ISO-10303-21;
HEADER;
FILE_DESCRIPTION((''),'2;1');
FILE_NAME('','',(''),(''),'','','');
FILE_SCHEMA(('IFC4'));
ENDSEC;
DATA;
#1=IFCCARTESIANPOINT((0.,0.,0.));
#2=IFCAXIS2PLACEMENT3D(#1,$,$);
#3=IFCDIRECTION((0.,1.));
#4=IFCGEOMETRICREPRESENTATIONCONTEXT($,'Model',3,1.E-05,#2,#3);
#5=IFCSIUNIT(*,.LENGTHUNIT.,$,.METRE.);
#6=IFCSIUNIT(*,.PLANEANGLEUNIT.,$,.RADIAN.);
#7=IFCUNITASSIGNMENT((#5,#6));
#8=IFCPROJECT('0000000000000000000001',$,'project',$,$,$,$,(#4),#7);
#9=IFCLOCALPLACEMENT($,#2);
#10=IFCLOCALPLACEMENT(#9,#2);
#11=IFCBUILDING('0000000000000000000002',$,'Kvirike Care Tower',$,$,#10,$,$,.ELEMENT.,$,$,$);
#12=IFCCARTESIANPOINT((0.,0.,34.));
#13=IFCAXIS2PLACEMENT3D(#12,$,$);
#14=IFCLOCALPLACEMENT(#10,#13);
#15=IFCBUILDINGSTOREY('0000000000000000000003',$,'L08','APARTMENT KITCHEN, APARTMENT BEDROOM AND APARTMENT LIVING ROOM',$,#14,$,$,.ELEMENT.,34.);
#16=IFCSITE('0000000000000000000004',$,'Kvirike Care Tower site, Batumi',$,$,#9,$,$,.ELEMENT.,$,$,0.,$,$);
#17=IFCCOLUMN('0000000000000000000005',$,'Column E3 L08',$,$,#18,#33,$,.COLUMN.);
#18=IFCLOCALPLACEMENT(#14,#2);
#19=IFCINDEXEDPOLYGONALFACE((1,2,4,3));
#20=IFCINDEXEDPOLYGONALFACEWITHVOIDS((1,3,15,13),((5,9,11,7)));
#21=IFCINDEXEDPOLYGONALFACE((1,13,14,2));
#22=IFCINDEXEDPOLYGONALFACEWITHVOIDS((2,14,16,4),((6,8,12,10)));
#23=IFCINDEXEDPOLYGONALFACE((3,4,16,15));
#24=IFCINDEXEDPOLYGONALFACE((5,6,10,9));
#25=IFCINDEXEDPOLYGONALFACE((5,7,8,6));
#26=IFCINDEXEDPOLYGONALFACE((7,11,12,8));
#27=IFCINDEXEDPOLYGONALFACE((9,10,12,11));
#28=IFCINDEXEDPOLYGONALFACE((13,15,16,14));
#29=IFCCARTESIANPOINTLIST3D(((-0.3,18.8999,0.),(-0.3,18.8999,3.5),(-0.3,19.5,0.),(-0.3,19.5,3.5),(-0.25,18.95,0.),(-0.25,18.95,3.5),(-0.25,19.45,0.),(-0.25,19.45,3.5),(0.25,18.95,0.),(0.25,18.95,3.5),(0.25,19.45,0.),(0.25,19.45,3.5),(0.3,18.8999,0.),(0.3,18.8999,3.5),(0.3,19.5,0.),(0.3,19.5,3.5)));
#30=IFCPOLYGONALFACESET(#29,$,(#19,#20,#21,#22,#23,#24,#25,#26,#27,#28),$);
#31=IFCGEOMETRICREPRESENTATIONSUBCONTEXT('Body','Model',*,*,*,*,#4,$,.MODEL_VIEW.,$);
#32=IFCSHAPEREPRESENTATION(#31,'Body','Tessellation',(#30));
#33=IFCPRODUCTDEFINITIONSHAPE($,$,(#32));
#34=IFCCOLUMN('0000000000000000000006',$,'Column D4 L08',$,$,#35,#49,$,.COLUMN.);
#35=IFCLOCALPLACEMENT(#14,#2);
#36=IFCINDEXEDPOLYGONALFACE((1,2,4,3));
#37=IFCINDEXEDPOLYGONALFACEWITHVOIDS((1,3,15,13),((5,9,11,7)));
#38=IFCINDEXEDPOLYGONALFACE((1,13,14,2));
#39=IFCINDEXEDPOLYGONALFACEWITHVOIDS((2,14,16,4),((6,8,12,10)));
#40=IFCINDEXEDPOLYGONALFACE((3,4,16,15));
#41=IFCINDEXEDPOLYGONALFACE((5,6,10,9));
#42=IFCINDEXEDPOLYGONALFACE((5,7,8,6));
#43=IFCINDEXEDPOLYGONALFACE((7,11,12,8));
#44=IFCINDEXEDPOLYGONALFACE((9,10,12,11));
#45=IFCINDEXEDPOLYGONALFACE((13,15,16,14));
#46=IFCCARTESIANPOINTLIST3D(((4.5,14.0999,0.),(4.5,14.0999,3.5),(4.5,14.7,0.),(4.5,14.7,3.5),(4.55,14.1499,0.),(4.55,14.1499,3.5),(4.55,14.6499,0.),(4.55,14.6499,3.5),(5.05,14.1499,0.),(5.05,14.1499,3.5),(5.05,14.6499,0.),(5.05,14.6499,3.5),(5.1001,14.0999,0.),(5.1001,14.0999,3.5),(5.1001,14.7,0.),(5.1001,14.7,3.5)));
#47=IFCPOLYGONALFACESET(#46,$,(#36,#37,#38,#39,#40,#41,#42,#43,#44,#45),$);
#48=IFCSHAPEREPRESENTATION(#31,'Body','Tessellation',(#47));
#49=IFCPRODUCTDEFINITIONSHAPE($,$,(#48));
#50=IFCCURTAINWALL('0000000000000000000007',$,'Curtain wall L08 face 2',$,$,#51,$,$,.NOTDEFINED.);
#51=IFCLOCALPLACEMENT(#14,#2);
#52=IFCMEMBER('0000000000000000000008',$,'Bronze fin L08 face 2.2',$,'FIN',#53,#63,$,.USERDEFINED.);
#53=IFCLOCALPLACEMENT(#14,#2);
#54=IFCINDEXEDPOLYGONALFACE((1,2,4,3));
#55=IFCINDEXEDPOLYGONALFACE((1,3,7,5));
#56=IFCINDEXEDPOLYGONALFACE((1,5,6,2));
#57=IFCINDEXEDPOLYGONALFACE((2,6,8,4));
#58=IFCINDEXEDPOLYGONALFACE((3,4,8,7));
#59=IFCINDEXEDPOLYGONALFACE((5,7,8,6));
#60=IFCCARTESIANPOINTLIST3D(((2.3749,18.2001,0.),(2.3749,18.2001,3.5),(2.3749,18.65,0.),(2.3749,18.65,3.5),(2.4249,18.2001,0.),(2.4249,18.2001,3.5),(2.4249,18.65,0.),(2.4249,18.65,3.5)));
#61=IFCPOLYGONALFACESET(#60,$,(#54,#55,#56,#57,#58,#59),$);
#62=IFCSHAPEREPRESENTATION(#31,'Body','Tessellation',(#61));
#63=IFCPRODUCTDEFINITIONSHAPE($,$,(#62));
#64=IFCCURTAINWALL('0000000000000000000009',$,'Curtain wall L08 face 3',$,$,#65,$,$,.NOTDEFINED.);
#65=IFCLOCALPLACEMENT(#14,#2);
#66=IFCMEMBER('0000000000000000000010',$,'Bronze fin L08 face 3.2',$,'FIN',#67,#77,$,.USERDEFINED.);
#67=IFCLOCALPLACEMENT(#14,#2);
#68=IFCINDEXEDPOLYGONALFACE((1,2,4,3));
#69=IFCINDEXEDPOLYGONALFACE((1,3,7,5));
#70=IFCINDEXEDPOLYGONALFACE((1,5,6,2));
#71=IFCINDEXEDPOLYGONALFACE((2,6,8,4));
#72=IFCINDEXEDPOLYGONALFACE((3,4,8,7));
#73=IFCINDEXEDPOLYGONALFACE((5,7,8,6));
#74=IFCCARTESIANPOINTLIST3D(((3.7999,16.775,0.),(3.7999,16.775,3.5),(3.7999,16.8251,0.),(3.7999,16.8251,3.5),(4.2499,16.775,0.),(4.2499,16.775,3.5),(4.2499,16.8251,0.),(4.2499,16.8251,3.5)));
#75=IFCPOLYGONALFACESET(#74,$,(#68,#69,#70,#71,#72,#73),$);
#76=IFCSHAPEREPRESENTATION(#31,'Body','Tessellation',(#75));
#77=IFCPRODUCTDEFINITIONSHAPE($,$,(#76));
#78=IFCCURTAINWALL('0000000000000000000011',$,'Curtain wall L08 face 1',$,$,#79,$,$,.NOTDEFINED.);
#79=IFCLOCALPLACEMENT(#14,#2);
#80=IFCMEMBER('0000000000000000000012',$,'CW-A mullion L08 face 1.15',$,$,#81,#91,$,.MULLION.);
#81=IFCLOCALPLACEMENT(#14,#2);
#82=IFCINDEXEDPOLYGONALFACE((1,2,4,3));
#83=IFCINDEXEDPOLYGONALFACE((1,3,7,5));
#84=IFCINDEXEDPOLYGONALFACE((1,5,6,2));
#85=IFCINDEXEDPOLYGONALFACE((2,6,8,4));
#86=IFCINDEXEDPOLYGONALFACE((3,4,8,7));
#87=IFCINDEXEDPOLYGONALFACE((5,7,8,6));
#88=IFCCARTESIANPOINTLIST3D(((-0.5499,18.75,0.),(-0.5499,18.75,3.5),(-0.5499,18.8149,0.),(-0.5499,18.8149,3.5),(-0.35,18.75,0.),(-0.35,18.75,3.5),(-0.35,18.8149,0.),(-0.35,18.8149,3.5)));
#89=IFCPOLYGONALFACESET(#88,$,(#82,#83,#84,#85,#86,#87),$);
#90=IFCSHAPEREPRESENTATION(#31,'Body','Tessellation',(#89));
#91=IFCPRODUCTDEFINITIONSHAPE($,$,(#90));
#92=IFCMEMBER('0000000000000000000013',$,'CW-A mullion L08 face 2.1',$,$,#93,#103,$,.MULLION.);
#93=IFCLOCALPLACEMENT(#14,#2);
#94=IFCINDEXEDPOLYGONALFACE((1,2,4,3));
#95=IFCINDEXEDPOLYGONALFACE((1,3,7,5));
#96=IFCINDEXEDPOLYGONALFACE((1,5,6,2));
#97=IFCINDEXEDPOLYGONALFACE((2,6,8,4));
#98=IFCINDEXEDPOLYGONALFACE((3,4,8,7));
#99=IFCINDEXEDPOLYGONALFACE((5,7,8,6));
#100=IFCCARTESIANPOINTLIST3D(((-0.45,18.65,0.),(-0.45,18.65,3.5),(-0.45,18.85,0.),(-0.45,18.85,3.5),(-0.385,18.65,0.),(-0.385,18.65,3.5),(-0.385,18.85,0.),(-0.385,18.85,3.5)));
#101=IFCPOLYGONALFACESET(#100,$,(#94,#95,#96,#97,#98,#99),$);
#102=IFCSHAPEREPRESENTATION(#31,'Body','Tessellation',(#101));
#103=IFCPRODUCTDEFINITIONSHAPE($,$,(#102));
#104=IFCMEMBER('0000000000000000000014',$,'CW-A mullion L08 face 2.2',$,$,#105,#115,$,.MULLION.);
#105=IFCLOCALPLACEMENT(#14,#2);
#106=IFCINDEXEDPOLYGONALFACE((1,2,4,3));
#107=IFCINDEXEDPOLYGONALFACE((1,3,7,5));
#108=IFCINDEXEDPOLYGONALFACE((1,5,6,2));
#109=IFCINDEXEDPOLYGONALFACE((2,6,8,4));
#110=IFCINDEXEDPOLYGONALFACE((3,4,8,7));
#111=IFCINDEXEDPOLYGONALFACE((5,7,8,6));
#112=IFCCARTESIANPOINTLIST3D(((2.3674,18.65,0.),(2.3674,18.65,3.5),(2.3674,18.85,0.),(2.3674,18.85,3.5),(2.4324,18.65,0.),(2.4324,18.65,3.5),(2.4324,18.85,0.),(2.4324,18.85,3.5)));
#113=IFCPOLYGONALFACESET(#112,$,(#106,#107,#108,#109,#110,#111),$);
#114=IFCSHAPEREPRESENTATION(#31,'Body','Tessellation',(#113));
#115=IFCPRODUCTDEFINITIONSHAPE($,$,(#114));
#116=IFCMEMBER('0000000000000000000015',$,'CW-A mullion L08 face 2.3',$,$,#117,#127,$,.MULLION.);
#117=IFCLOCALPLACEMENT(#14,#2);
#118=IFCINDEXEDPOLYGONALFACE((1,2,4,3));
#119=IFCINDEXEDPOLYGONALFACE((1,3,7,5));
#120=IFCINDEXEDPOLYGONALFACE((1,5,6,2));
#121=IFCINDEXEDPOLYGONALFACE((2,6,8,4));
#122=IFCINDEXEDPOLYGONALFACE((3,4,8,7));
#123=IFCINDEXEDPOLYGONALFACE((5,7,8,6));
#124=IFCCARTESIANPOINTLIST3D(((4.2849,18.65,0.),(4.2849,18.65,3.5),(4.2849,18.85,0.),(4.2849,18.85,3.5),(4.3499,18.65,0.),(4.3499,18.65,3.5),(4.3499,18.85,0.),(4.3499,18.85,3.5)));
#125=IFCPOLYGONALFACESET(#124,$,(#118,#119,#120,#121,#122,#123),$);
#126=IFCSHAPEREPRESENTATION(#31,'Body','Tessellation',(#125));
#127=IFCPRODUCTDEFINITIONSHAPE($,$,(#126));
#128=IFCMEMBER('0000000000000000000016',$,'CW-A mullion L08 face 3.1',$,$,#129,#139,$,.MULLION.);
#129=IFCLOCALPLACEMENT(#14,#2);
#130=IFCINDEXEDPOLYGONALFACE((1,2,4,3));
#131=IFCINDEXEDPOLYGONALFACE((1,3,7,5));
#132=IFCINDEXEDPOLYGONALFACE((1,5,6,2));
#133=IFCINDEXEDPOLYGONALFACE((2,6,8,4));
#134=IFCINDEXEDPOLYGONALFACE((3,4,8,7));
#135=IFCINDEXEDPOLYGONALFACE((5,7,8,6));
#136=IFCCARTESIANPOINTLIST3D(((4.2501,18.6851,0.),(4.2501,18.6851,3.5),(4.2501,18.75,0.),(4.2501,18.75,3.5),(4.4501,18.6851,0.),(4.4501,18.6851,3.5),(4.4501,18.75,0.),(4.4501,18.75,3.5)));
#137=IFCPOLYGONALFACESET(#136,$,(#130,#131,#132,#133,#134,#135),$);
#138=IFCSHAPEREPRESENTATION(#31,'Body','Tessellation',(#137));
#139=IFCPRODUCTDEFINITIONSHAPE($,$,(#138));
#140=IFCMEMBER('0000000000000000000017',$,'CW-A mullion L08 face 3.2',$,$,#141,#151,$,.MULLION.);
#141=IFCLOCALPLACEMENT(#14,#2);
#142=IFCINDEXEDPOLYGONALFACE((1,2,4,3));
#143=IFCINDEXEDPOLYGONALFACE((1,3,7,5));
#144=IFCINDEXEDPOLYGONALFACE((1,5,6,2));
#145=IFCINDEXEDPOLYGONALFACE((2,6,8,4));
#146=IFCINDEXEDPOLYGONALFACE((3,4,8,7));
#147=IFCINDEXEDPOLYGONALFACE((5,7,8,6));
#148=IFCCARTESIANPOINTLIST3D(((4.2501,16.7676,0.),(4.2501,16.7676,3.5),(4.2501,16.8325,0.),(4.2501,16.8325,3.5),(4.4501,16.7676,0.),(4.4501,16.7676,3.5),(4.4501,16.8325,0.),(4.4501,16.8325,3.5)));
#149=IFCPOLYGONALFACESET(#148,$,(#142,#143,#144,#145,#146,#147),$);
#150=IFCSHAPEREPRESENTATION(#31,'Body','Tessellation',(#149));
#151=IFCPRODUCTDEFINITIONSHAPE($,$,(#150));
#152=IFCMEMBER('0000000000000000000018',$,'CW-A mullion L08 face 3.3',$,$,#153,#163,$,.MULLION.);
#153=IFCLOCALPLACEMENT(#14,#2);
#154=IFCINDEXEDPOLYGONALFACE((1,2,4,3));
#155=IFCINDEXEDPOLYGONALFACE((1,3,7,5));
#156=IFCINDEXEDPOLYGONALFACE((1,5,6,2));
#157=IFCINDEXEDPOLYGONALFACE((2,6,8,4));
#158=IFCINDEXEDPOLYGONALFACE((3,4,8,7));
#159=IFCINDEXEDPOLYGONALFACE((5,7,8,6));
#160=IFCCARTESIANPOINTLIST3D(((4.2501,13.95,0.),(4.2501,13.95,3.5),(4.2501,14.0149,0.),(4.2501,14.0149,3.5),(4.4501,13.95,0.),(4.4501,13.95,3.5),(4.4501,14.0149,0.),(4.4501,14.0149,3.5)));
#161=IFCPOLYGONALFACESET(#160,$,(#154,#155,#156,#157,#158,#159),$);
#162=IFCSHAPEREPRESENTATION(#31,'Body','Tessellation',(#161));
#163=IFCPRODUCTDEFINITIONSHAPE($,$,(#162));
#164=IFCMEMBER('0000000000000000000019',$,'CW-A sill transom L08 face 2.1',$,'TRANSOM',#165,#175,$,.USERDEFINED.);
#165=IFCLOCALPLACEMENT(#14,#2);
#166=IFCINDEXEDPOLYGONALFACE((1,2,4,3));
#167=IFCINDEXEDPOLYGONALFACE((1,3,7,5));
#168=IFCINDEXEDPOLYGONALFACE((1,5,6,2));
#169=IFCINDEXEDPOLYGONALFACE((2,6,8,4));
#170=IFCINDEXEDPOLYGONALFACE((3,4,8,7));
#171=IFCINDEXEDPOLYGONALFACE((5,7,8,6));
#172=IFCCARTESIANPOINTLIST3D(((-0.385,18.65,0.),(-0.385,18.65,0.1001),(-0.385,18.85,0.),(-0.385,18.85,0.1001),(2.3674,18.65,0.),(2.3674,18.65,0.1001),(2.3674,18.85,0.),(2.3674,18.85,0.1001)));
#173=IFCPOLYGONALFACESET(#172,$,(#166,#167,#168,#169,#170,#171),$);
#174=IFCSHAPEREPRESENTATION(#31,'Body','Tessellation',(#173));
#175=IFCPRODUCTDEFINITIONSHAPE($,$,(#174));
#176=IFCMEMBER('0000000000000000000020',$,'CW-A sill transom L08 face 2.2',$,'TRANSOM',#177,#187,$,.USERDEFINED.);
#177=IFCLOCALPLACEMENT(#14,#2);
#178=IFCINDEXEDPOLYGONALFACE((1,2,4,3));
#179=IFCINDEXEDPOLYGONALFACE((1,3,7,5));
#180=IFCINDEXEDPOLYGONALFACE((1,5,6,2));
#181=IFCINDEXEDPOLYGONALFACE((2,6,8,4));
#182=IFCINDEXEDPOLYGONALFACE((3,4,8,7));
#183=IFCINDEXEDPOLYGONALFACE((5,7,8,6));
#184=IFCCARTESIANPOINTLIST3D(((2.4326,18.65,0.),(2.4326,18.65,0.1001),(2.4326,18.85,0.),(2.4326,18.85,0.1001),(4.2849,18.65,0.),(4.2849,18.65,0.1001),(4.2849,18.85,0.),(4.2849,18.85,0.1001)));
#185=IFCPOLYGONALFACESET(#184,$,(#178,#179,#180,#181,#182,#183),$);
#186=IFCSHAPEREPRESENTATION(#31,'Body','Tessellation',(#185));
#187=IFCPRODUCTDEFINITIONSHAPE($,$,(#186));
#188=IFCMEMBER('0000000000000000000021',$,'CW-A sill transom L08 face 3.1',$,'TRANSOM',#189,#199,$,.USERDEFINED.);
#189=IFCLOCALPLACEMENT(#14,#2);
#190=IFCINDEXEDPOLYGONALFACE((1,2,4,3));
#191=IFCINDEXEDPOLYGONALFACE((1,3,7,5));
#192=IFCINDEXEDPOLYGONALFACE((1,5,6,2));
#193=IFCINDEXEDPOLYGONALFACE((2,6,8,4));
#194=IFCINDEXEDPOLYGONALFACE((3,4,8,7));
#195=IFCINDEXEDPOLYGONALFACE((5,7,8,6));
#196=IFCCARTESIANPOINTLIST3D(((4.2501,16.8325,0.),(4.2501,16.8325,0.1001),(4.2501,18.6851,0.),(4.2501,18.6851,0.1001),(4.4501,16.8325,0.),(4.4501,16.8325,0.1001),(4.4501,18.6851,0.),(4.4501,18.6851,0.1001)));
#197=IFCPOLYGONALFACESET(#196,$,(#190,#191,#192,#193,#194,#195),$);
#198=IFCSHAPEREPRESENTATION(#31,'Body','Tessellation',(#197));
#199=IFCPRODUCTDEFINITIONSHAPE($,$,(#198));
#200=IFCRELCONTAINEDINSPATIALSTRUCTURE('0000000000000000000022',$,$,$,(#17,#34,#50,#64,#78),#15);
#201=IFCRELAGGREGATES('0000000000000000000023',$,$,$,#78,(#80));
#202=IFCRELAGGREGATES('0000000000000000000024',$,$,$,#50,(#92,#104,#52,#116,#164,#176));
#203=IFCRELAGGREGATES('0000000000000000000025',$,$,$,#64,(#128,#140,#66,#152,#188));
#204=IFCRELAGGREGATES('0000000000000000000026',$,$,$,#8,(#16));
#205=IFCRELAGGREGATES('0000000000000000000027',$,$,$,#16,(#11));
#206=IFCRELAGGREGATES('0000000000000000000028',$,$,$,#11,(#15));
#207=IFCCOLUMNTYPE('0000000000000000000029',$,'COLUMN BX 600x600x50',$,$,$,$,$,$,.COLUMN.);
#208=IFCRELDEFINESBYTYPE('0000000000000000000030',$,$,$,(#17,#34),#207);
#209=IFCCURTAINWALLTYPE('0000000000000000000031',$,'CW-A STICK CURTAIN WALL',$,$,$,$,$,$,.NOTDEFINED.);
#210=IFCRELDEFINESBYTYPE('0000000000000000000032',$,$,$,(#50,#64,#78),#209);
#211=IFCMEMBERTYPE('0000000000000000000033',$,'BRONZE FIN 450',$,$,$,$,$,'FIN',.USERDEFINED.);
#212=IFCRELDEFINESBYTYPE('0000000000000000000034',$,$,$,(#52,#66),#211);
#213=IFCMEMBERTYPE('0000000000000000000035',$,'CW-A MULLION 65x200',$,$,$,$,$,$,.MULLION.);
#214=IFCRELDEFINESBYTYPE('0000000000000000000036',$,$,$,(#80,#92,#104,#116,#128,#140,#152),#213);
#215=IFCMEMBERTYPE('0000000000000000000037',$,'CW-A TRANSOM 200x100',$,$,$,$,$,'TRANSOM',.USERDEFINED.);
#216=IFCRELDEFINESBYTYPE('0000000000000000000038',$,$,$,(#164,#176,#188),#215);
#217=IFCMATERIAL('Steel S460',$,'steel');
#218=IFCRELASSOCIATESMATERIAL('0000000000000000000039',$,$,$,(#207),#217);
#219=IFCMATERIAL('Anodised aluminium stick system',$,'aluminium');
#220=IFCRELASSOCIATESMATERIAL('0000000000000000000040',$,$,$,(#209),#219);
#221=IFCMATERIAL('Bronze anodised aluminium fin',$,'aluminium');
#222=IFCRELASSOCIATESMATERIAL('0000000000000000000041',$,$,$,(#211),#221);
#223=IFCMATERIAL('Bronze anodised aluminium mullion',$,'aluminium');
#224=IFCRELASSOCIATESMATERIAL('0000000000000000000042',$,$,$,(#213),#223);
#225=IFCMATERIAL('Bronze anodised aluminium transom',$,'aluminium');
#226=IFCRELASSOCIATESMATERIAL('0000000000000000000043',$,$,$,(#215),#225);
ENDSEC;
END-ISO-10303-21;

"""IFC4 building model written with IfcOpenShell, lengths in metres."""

from ifc_helpers import new_model, si_unit, direction, frame, origin, origin_2d, place, context, subcontext, project, spatial, rectangle, hollow_rectangle, extrude, material, material_profile, profile_set, type_object, element, aggregate, save


model = new_model("IFC4")

# Units and contexts
model_context = context("Model", 3, precision=1e-05, world=origin(), true_north=direction((0.0, 1.0)))
body_context = subcontext(model_context, "Body", "Model", "MODEL_VIEW")
ifc_project = project(units=[si_unit("LENGTHUNIT", "METRE"), si_unit("PLANEANGLEUNIT", "RADIAN")], contexts=[model_context])

# Site, building, storey
site_placement = place(None, origin())
site = spatial("IfcSite", under=ifc_project, at=site_placement, Name="Kvirike Care Tower site, Batumi", CompositionType="ELEMENT", RefElevation=0.0)
building_placement = place(site_placement, origin())
building = spatial("IfcBuilding", under=site, at=building_placement, Name="Kvirike Care Tower", CompositionType="ELEMENT")
storey_placement = place(building_placement, frame((0.0, 0.0, 34.0)))
storey = spatial("IfcBuildingStorey", under=building, at=storey_placement, Name="L08", Description="APARTMENT KITCHEN, APARTMENT BEDROOM AND APARTMENT LIVING ROOM", CompositionType="ELEMENT", Elevation=34.0)

# Columns
ifc_material_1 = material(Name="Steel S460", Category="steel")
ifc_material_profile_1 = material_profile(ifc_material_1, hollow_rectangle(XDim=0.6001, YDim=0.6001, WallThickness=0.05, at=origin_2d()), Name="BX 600x600x50")
ifc_profile_set_1 = profile_set([ifc_material_profile_1], Name="Steel S460")
column_type = type_object("IfcColumnType", Name="COLUMN BX 600x600x50", PredefinedType="COLUMN", material=ifc_profile_set_1)
for number, where, z_axis, x_axis, name in (
    (1, (0.0, 19.2, 0.0), (0.0, 0.0, 1.0), (0.0, 1.0, 0.0), "Column E3 L08"),
    (2, (4.8, 14.3999, 0.0), (0.0, 0.0, 1.0), (0.0, 1.0, 0.0), "Column D4 L08"),
):
    element("IfcColumn", number, at=place(storey_placement, frame(where, z_axis=z_axis, x_axis=x_axis)), inside=storey, type_object=column_type, Name=name, PredefinedType="COLUMN", context=body_context, shape_type="SweptSolid", body=[
        extrude(hollow_rectangle(XDim=0.6001, YDim=0.6001, WallThickness=0.05, at=origin_2d()), origin(), (0.0, 0.0, 1.0), 3.5),
    ])

# Curtain walls, members
ifc_material_2 = material(Name="Anodised aluminium stick system", Category="aluminium")
curtain_wall_type = type_object("IfcCurtainWallType", Name="CW-A STICK CURTAIN WALL", PredefinedType="NOTDEFINED", material=ifc_material_2)
curtain_wall_1_placement = place(storey_placement, origin())
curtain_wall_1 = element("IfcCurtainWall", 3, at=curtain_wall_1_placement, inside=storey, type_object=curtain_wall_type, Name="Curtain wall L08 face 2", PredefinedType="NOTDEFINED")
ifc_material_3 = material(Name="Bronze anodised aluminium fin", Category="aluminium")
ifc_material_profile_2 = material_profile(ifc_material_3, rectangle(XDim=0.05, YDim=0.45, at=origin_2d()), Name="BRONZE FIN 450")
ifc_profile_set_2 = profile_set([ifc_material_profile_2], Name="Bronze anodised aluminium fin")
member_type_1 = type_object("IfcMemberType", Name="BRONZE FIN 450", ElementType="FIN", PredefinedType="USERDEFINED", material=ifc_profile_set_2)
member_1_placement = place(storey_placement, frame((2.3999, 18.425, 0.0), z_axis=(0.0, 0.0, 1.0), x_axis=(1.0, 0.0, 0.0)))
member_1 = element("IfcMember", 4, at=member_1_placement, type_object=member_type_1, Name="Bronze fin L08 face 2.2", ObjectType="FIN", PredefinedType="USERDEFINED", context=body_context, shape_type="SweptSolid", body=[
    extrude(rectangle(XDim=0.05, YDim=0.45, at=origin_2d()), origin(), (0.0, 0.0, 1.0), 3.5),
])
curtain_wall_2_placement = place(storey_placement, origin())
curtain_wall_2 = element("IfcCurtainWall", 5, at=curtain_wall_2_placement, inside=storey, type_object=curtain_wall_type, Name="Curtain wall L08 face 3", PredefinedType="NOTDEFINED")
member_2_placement = place(storey_placement, frame((4.0249, 16.8, 0.0), z_axis=(0.0, 0.0, 1.0), x_axis=(0.0, -1.0, 0.0)))
member_2 = element("IfcMember", 6, at=member_2_placement, type_object=member_type_1, Name="Bronze fin L08 face 3.2", ObjectType="FIN", PredefinedType="USERDEFINED", context=body_context, shape_type="SweptSolid", body=[
    extrude(rectangle(XDim=0.05, YDim=0.45, at=origin_2d()), origin(), (0.0, 0.0, 1.0), 3.5),
])
curtain_wall_3_placement = place(storey_placement, origin())
curtain_wall_3 = element("IfcCurtainWall", 7, at=curtain_wall_3_placement, inside=storey, type_object=curtain_wall_type, Name="Curtain wall L08 face 1", PredefinedType="NOTDEFINED")
ifc_material_4 = material(Name="Bronze anodised aluminium mullion", Category="aluminium")
ifc_material_profile_3 = material_profile(ifc_material_4, rectangle(XDim=0.0649, YDim=0.2, at=origin_2d()), Name="CW-A MULLION 65x200")
ifc_profile_set_3 = profile_set([ifc_material_profile_3], Name="Bronze anodised aluminium mullion")
member_type_2 = type_object("IfcMemberType", Name="CW-A MULLION 65x200", PredefinedType="MULLION", material=ifc_profile_set_3)
member_3_placement = place(storey_placement, frame((-0.45, 18.7825, 0.0), z_axis=(0.0, 0.0, 1.0), x_axis=(0.0, -1.0, 0.0)))
member_3 = element("IfcMember", 8, at=member_3_placement, type_object=member_type_2, Name="CW-A mullion L08 face 1.15", PredefinedType="MULLION", context=body_context, shape_type="SweptSolid", body=[
    extrude(rectangle(XDim=0.0649, YDim=0.2, at=origin_2d()), origin(), (0.0, 0.0, 1.0), 3.5),
])
aggregate(curtain_wall_3, [member_3])

# Members
member_4_placement = place(storey_placement, frame((-0.4175, 18.75, 0.0), z_axis=(0.0, 0.0, 1.0), x_axis=(1.0, 0.0, 0.0)))
member_4 = element("IfcMember", 9, at=member_4_placement, type_object=member_type_2, Name="CW-A mullion L08 face 2.1", PredefinedType="MULLION", context=body_context, shape_type="SweptSolid", body=[
    extrude(rectangle(XDim=0.0649, YDim=0.2, at=origin_2d()), origin(), (0.0, 0.0, 1.0), 3.5),
])
member_5_placement = place(storey_placement, frame((2.3999, 18.75, 0.0), z_axis=(0.0, 0.0, 1.0), x_axis=(1.0, 0.0, 0.0)))
member_5 = element("IfcMember", 10, at=member_5_placement, type_object=member_type_2, Name="CW-A mullion L08 face 2.2", PredefinedType="MULLION", context=body_context, shape_type="SweptSolid", body=[
    extrude(rectangle(XDim=0.0649, YDim=0.2, at=origin_2d()), origin(), (0.0, 0.0, 1.0), 3.5),
])
member_6_placement = place(storey_placement, frame((4.3174, 18.75, 0.0), z_axis=(0.0, 0.0, 1.0), x_axis=(1.0, 0.0, 0.0)))
member_6 = element("IfcMember", 11, at=member_6_placement, type_object=member_type_2, Name="CW-A mullion L08 face 2.3", PredefinedType="MULLION", context=body_context, shape_type="SweptSolid", body=[
    extrude(rectangle(XDim=0.0649, YDim=0.2, at=origin_2d()), origin(), (0.0, 0.0, 1.0), 3.5),
])
member_7_placement = place(storey_placement, frame((4.3501, 18.7175, 0.0), z_axis=(0.0, 0.0, 1.0), x_axis=(0.0, -1.0, 0.0)))
member_7 = element("IfcMember", 12, at=member_7_placement, type_object=member_type_2, Name="CW-A mullion L08 face 3.1", PredefinedType="MULLION", context=body_context, shape_type="SweptSolid", body=[
    extrude(rectangle(XDim=0.0649, YDim=0.2, at=origin_2d()), origin(), (0.0, 0.0, 1.0), 3.5),
])
member_8_placement = place(storey_placement, frame((4.3501, 16.8, 0.0), z_axis=(0.0, 0.0, 1.0), x_axis=(0.0, -1.0, 0.0)))
member_8 = element("IfcMember", 13, at=member_8_placement, type_object=member_type_2, Name="CW-A mullion L08 face 3.2", PredefinedType="MULLION", context=body_context, shape_type="SweptSolid", body=[
    extrude(rectangle(XDim=0.0649, YDim=0.2, at=origin_2d()), origin(), (0.0, 0.0, 1.0), 3.5),
])
member_9_placement = place(storey_placement, frame((4.3501, 13.9824, 0.0), z_axis=(0.0, 0.0, 1.0), x_axis=(0.0, -1.0, 0.0)))
member_9 = element("IfcMember", 14, at=member_9_placement, type_object=member_type_2, Name="CW-A mullion L08 face 3.3", PredefinedType="MULLION", context=body_context, shape_type="SweptSolid", body=[
    extrude(rectangle(XDim=0.0649, YDim=0.2, at=origin_2d()), origin(), (0.0, 0.0, 1.0), 3.5),
])
ifc_material_5 = material(Name="Bronze anodised aluminium transom", Category="aluminium")
ifc_material_profile_4 = material_profile(ifc_material_5, rectangle(XDim=0.2, YDim=0.1001, at=origin_2d()), Name="CW-A TRANSOM 200x100")
ifc_profile_set_4 = profile_set([ifc_material_profile_4], Name="Bronze anodised aluminium transom")
member_type_3 = type_object("IfcMemberType", Name="CW-A TRANSOM 200x100", ElementType="TRANSOM", PredefinedType="USERDEFINED", material=ifc_profile_set_4)
member_10_placement = place(storey_placement, frame((-0.385, 18.75, 0.05), z_axis=(1.0, 0.0, 0.0), x_axis=(0.0, 1.0, 0.0)))
member_10 = element("IfcMember", 15, at=member_10_placement, type_object=member_type_3, Name="CW-A sill transom L08 face 2.1", ObjectType="TRANSOM", PredefinedType="USERDEFINED", context=body_context, shape_type="SweptSolid", body=[
    extrude(rectangle(XDim=0.2, YDim=0.1001, at=origin_2d()), origin(), (0.0, 0.0, 1.0), 2.7524),
])
member_11_placement = place(storey_placement, frame((2.4326, 18.75, 0.05), z_axis=(1.0, 0.0, 0.0), x_axis=(0.0, 1.0, 0.0)))
member_11 = element("IfcMember", 16, at=member_11_placement, type_object=member_type_3, Name="CW-A sill transom L08 face 2.2", ObjectType="TRANSOM", PredefinedType="USERDEFINED", context=body_context, shape_type="SweptSolid", body=[
    extrude(rectangle(XDim=0.2, YDim=0.1001, at=origin_2d()), origin(), (0.0, 0.0, 1.0), 1.8523),
])
member_12_placement = place(storey_placement, frame((4.3501, 18.6851, 0.05), z_axis=(0.0, -1.0, 0.0), x_axis=(1.0, 0.0, 0.0)))
member_12 = element("IfcMember", 17, at=member_12_placement, type_object=member_type_3, Name="CW-A sill transom L08 face 3.1", ObjectType="TRANSOM", PredefinedType="USERDEFINED", context=body_context, shape_type="SweptSolid", body=[
    extrude(rectangle(XDim=0.2, YDim=0.1001, at=origin_2d()), origin(), (0.0, 0.0, 1.0), 1.8525),
])

aggregate(curtain_wall_1, [member_4, member_5, member_1, member_6, member_10, member_11])
aggregate(curtain_wall_2, [member_7, member_8, member_2, member_9, member_12])

save(model, "model.ifc")
